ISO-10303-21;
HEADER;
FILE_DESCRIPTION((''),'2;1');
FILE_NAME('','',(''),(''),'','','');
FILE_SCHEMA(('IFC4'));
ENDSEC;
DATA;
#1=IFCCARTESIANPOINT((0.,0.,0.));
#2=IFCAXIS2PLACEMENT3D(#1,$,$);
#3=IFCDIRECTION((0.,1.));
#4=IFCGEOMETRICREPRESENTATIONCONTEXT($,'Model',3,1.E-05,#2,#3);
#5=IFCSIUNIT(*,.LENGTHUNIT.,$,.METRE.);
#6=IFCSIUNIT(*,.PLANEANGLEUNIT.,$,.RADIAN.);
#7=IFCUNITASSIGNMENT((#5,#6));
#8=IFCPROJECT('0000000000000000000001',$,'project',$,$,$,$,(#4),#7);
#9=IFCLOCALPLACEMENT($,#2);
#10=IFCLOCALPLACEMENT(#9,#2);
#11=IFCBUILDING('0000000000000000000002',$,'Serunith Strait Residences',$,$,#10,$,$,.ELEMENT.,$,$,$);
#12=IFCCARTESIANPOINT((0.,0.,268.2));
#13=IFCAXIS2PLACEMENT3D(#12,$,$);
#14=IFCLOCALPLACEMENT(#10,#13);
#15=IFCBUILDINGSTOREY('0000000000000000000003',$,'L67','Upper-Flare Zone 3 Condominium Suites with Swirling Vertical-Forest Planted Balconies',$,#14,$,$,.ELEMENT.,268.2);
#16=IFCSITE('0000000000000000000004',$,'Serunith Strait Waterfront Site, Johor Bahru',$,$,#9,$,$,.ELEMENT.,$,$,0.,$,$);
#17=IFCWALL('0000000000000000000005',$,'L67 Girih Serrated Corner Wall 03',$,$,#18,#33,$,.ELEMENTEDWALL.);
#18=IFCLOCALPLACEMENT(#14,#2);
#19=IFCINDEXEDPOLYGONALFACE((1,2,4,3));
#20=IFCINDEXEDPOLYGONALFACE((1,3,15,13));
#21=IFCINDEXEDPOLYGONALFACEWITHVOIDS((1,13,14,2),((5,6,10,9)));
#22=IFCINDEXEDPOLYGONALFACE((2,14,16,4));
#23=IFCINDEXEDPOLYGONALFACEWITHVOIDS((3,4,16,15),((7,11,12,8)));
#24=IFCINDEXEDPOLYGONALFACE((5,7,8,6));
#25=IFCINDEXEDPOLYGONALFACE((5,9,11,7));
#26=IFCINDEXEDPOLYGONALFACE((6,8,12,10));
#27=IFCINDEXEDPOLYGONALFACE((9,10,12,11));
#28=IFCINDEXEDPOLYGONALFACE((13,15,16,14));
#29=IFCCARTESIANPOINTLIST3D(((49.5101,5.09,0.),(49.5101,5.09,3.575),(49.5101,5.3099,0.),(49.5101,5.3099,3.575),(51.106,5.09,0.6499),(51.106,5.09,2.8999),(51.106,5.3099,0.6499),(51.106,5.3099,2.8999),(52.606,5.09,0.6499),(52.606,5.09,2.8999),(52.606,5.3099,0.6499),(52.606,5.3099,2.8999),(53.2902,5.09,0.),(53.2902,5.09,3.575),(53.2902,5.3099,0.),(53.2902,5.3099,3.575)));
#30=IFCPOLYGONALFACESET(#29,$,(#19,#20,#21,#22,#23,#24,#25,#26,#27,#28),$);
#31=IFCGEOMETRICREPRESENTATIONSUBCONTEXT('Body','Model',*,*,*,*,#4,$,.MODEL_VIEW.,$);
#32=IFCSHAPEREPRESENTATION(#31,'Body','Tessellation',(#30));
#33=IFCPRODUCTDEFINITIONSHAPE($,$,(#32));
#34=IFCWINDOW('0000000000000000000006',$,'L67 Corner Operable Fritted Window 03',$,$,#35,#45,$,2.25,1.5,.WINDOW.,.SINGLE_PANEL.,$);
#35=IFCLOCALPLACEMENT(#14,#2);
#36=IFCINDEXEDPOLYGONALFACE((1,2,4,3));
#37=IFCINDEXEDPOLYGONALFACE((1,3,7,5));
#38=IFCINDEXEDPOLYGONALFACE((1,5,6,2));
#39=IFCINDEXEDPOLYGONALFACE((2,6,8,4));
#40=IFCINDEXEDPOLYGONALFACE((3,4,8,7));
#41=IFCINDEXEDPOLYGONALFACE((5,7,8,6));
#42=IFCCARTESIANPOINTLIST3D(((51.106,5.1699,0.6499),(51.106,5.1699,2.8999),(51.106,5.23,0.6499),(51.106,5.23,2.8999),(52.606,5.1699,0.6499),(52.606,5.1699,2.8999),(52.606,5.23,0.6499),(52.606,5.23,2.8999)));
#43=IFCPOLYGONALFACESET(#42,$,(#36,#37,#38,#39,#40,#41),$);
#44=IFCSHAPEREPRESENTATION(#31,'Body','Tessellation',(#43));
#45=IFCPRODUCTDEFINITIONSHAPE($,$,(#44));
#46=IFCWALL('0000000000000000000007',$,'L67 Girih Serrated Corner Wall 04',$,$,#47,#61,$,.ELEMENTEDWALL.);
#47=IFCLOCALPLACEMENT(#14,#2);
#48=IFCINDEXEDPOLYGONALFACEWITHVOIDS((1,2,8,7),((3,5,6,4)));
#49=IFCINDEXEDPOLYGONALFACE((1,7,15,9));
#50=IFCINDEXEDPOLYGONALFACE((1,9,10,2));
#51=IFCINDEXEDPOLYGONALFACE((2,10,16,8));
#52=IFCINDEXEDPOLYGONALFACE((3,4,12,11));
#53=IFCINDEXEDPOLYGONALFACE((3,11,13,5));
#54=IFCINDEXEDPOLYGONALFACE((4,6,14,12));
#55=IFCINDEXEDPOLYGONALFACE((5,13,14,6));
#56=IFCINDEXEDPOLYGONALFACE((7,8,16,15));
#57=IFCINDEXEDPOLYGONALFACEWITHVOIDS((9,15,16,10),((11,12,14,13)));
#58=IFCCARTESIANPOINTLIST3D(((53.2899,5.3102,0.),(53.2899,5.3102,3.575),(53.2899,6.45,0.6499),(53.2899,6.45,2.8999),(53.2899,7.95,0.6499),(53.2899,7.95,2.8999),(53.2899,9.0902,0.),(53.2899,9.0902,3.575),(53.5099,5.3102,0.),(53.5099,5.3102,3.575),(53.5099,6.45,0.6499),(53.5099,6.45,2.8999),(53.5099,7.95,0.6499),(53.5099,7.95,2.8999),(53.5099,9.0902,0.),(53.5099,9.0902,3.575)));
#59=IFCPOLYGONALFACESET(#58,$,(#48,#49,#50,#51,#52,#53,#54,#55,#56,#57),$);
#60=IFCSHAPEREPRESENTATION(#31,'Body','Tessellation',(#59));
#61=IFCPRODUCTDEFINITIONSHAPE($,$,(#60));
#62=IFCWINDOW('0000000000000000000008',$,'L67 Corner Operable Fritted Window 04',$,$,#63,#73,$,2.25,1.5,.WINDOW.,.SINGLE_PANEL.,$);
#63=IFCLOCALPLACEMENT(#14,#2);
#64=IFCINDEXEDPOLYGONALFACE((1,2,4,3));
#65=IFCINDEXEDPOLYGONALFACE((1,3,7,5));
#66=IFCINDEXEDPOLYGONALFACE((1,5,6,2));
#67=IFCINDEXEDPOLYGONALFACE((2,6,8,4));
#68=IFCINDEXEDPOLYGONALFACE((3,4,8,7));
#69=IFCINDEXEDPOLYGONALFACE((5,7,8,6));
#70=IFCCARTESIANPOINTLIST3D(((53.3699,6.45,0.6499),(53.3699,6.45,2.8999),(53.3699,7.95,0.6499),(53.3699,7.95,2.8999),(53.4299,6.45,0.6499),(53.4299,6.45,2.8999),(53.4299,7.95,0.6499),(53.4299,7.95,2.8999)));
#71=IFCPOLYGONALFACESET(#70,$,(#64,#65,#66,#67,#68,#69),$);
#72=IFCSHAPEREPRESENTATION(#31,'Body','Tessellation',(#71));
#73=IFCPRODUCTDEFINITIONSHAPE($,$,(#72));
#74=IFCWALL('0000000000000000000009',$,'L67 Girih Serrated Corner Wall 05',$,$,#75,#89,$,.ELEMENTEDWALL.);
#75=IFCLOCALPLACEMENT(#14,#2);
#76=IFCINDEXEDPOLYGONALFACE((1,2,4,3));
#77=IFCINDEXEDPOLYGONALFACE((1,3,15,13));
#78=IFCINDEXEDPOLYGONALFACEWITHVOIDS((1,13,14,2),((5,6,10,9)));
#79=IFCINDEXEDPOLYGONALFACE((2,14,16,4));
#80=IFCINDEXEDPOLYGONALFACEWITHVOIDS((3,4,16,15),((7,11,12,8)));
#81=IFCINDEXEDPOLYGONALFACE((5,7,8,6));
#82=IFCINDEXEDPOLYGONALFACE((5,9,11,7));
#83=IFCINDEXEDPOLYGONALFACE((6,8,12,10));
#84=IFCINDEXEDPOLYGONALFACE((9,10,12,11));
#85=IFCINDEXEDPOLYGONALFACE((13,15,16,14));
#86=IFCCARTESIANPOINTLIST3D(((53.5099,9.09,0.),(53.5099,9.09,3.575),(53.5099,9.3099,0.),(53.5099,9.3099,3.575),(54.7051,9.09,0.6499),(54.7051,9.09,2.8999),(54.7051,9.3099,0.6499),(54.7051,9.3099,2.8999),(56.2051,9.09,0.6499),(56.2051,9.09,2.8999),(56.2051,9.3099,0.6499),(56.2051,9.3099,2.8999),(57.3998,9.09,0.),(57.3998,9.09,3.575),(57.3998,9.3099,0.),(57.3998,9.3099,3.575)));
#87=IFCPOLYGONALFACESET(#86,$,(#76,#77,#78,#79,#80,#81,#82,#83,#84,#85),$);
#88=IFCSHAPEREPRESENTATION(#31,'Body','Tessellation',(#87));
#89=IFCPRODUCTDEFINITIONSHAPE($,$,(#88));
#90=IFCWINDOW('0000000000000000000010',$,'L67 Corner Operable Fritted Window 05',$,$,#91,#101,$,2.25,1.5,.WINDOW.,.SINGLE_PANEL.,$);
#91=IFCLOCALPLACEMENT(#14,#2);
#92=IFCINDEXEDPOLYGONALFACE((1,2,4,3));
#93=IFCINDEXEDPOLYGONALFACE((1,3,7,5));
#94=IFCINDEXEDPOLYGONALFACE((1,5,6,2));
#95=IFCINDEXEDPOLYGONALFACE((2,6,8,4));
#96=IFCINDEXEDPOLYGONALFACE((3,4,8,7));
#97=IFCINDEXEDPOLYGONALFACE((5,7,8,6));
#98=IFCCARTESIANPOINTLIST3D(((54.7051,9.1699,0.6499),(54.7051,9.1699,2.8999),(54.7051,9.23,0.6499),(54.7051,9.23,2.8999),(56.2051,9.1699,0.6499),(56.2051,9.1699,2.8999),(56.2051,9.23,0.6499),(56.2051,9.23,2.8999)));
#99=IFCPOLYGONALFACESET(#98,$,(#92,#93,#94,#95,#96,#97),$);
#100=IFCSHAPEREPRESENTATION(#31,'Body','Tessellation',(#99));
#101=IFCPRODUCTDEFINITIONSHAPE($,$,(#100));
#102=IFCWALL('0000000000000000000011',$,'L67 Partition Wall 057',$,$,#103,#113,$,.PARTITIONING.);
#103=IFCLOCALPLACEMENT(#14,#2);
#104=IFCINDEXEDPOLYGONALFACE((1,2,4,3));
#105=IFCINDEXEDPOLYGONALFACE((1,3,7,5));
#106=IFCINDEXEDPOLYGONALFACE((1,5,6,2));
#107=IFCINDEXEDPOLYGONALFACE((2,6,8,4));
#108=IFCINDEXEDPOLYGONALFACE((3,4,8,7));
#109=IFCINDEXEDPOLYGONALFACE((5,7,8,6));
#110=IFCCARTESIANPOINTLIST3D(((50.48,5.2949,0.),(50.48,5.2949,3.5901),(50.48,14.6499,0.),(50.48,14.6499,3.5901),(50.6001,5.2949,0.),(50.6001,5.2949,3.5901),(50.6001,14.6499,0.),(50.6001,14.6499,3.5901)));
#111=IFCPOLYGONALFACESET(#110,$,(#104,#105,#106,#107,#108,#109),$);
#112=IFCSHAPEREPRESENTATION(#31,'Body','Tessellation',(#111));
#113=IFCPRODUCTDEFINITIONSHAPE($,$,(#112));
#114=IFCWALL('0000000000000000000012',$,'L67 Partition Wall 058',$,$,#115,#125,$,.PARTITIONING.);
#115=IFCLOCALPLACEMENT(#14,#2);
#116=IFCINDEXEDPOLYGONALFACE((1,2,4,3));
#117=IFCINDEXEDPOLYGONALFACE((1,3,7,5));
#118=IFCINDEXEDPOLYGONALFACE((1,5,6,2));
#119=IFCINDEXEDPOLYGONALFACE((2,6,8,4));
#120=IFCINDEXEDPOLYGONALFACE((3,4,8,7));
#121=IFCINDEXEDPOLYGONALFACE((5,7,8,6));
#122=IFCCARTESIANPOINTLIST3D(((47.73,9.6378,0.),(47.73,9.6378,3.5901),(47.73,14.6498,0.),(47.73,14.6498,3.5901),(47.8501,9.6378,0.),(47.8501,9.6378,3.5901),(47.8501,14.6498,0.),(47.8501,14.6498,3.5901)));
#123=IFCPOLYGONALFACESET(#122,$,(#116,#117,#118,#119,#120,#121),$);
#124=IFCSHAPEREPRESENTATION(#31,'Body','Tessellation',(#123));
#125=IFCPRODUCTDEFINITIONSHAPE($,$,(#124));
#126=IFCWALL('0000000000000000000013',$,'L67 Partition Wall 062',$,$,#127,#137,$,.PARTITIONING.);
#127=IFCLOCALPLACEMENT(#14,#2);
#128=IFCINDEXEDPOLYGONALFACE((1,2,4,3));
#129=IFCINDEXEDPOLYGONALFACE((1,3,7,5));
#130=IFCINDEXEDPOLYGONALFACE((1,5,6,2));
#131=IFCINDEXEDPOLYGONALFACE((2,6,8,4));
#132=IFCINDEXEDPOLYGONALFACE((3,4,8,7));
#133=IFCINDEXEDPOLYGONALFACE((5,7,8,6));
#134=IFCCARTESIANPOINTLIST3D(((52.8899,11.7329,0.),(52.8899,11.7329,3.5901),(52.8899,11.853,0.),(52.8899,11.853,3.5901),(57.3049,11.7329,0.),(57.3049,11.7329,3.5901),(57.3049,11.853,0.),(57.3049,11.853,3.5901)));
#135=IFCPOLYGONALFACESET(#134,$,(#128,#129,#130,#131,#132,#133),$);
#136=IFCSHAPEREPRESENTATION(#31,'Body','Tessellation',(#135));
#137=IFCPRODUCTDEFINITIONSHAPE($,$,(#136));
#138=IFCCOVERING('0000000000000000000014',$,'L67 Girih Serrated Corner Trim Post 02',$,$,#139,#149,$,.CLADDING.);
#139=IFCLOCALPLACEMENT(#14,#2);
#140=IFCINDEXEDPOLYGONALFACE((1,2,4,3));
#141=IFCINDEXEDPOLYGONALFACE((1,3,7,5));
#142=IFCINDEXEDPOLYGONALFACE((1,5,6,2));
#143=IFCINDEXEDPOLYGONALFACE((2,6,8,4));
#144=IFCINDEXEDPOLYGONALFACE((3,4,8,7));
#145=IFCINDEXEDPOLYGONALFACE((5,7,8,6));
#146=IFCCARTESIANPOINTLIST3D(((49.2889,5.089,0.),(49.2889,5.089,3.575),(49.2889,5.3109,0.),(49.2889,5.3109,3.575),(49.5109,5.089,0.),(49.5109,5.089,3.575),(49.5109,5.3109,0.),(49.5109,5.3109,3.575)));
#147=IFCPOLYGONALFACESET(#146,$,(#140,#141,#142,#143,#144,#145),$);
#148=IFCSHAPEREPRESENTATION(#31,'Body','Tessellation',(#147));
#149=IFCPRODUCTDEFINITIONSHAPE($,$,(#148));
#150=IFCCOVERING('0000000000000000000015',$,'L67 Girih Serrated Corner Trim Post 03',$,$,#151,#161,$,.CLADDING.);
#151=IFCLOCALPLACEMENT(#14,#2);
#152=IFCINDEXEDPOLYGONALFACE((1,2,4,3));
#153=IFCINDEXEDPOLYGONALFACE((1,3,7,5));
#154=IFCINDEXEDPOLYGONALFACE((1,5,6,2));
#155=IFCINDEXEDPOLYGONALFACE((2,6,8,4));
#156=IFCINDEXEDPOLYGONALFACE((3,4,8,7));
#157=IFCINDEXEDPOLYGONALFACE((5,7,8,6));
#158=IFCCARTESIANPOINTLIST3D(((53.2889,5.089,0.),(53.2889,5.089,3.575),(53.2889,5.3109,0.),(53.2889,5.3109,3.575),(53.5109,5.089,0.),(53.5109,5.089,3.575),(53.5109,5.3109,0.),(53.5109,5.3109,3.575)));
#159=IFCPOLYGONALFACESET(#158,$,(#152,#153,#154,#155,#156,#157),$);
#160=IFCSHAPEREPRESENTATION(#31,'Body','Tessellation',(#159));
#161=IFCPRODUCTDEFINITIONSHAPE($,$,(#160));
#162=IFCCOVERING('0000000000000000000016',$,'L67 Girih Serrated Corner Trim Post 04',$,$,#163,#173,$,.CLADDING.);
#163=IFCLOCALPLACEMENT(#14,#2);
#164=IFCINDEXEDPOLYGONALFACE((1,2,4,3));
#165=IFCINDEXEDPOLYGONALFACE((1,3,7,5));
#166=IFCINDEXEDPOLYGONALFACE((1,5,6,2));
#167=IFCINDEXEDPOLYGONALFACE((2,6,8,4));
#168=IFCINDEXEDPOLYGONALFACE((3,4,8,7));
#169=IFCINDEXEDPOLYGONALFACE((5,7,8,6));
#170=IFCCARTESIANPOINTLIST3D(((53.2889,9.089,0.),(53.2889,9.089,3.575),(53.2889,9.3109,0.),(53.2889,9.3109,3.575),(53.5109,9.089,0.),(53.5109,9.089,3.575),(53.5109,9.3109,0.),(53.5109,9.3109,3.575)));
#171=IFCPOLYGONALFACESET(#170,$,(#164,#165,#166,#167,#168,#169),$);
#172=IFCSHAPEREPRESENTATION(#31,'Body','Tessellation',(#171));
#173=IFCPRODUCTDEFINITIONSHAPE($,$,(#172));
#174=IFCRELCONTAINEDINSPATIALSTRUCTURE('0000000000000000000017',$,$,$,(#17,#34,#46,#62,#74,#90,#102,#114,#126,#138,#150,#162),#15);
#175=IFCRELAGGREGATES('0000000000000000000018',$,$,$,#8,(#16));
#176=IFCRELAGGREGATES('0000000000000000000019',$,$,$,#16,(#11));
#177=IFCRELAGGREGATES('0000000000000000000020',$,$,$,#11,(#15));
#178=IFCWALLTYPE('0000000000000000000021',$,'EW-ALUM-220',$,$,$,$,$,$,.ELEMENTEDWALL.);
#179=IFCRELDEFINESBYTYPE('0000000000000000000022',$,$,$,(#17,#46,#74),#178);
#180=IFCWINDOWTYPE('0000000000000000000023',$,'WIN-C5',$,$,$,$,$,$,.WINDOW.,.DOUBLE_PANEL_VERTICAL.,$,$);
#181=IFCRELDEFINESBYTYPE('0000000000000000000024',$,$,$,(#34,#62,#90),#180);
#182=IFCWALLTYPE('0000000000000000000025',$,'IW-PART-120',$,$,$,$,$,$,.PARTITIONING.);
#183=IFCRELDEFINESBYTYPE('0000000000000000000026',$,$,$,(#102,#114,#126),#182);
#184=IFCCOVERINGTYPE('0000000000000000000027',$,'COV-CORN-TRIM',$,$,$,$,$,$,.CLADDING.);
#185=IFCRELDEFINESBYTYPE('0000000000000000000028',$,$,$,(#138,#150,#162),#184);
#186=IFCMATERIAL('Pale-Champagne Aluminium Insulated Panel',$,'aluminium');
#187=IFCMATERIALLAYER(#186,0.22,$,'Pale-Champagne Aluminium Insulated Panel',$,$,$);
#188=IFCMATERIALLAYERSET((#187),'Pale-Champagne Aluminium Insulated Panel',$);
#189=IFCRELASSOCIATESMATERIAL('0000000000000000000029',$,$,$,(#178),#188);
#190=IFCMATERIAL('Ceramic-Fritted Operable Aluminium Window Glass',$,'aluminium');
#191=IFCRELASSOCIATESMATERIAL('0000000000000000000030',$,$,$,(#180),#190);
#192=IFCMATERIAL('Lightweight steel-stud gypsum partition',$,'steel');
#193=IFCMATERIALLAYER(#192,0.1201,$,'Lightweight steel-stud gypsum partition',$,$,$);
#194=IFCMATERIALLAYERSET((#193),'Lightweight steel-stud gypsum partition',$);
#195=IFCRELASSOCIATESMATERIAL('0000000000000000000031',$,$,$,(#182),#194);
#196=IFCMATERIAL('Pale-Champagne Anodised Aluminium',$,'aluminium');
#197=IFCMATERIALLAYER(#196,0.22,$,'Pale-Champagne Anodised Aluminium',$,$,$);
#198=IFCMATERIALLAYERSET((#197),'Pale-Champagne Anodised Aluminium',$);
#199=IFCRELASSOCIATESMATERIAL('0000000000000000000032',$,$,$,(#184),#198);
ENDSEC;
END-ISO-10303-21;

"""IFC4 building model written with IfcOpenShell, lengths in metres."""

from ifc_helpers import new_model, si_unit, direction, frame, frame_2d, origin, origin_2d, place, context, subcontext, project, spatial, rectangle, extrude, source, transform, mapped, material, layer, layer_set, type_object, element, fill, save


model = new_model("IFC4")

# Units and contexts
model_context = context("Model", 3, precision=1e-05, world=origin(), true_north=direction((0.0, 1.0)))
body_context = subcontext(model_context, "Body", "Model", "MODEL_VIEW")
ifc_project = project(units=[si_unit("LENGTHUNIT", "METRE"), si_unit("PLANEANGLEUNIT", "RADIAN")], contexts=[model_context])

# Site, building, storey
site_placement = place(None, origin())
site = spatial("IfcSite", under=ifc_project, at=site_placement, Name="Serunith Strait Waterfront Site, Johor Bahru", CompositionType="ELEMENT", RefElevation=0.0)
building_placement = place(site_placement, origin())
building = spatial("IfcBuilding", under=site, at=building_placement, Name="Serunith Strait Residences", CompositionType="ELEMENT")
storey_placement = place(building_placement, frame((0.0, 0.0, 268.2)))
storey = spatial("IfcBuildingStorey", under=building, at=storey_placement, Name="L67", Description="Upper-Flare Zone 3 Condominium Suites with Swirling Vertical-Forest Planted Balconies", CompositionType="ELEMENT", Elevation=268.2)

# Shared definitions
ifc_material_1 = material(Name="Pale-Champagne Anodised Aluminium", Category="aluminium")

# Walls, openings, windows
ifc_material_2 = material(Name="Pale-Champagne Aluminium Insulated Panel", Category="aluminium")
ifc_layer_1 = layer(ifc_material_2, 0.22, Name="Pale-Champagne Aluminium Insulated Panel")
ifc_layer_set_1 = layer_set([ifc_layer_1], Name="Pale-Champagne Aluminium Insulated Panel")
wall_type_1 = type_object("IfcWallType", Name="EW-ALUM-220", PredefinedType="ELEMENTEDWALL", material=ifc_layer_set_1)
ifc_material_3 = material(Name="Ceramic-Fritted Operable Aluminium Window Glass", Category="aluminium")
window_type = type_object("IfcWindowType", Name="WIN-C5", PartitioningType="DOUBLE_PANEL_VERTICAL", PredefinedType="WINDOW", material=ifc_material_3)
shared_shape_1 = source(origin(), body_context, "Body", "SweptSolid", [
    extrude(rectangle(XDim=1.5, YDim=2.25, at=frame_2d((0.75, 1.125))), frame((0.0, 0.03, 0.0), z_axis=(0.0, -1.0, 0.0), x_axis=(1.0, 0.0, 0.0)), (0.0, 0.0, 1.0), 0.0601),
])
wall_1_placement = place(storey_placement, frame((49.51, 5.2, 0.0), z_axis=(0.0, 0.0, 1.0), x_axis=(1.0, 0.0, 0.0)))
wall_1 = element("IfcWall", 1, at=wall_1_placement, inside=storey, type_object=wall_type_1, Name="L67 Girih Serrated Corner Wall 03", PredefinedType="ELEMENTEDWALL", context=body_context, shape_type="SweptSolid", body=[
    extrude(rectangle(XDim=3.78, YDim=0.22, at=frame_2d((1.8901, 0.0))), origin(), (0.0, 0.0, 1.0), 3.575),
])
opening_1_placement = place(wall_1_placement, frame((1.5959, 0.0, 0.6499)))
opening_1 = element("IfcOpeningElement", 2, at=opening_1_placement, cuts=wall_1, PredefinedType="OPENING", context=body_context, shape_type="SweptSolid", body=[
    extrude(rectangle(XDim=1.5, YDim=2.25, at=frame_2d((0.75, 1.125))), frame((0.0, 0.1201, 0.0), z_axis=(0.0, -1.0, 0.0), x_axis=(1.0, 0.0, 0.0)), (0.0, 0.0, 1.0), 0.24),
])
window_1_placement = place(opening_1_placement, origin())
window_1 = element("IfcWindow", 3, at=window_1_placement, inside=storey, type_object=window_type, Name="L67 Corner Operable Fritted Window 03", OverallHeight=2.25, OverallWidth=1.5, PartitioningType="SINGLE_PANEL", PredefinedType="WINDOW", context=body_context, shape_type="MappedRepresentation", body=[
    mapped(shared_shape_1, transform((0.0, 0.0, 0.0), scale=1.0)),
])
fill(opening_1, window_1)
wall_2_placement = place(storey_placement, frame((53.3999, 5.3101, 0.0), z_axis=(0.0, 0.0, 1.0), x_axis=(0.0, 1.0, 0.0)))
wall_2 = element("IfcWall", 4, at=wall_2_placement, inside=storey, type_object=wall_type_1, Name="L67 Girih Serrated Corner Wall 04", PredefinedType="ELEMENTEDWALL", context=body_context, shape_type="SweptSolid", body=[
    extrude(rectangle(XDim=3.78, YDim=0.22, at=frame_2d((1.8901, 0.0))), origin(), (0.0, 0.0, 1.0), 3.575),
])
opening_2_placement = place(wall_2_placement, frame((1.1399, 0.0, 0.6499)))
opening_2 = element("IfcOpeningElement", 5, at=opening_2_placement, cuts=wall_2, PredefinedType="OPENING", context=body_context, shape_type="SweptSolid", body=[
    extrude(rectangle(XDim=1.5, YDim=2.25, at=frame_2d((0.75, 1.125))), frame((0.0, 0.1201, 0.0), z_axis=(0.0, -1.0, 0.0), x_axis=(1.0, 0.0, 0.0)), (0.0, 0.0, 1.0), 0.24),
])
window_2_placement = place(opening_2_placement, origin())
window_2 = element("IfcWindow", 6, at=window_2_placement, inside=storey, type_object=window_type, Name="L67 Corner Operable Fritted Window 04", OverallHeight=2.25, OverallWidth=1.5, PartitioningType="SINGLE_PANEL", PredefinedType="WINDOW", context=body_context, shape_type="MappedRepresentation", body=[
    mapped(shared_shape_1, transform((0.0, 0.0, 0.0), scale=1.0)),
])
fill(opening_2, window_2)
wall_3_placement = place(storey_placement, frame((53.51, 9.2, 0.0), z_axis=(0.0, 0.0, 1.0), x_axis=(1.0, 0.0, 0.0)))
wall_3 = element("IfcWall", 7, at=wall_3_placement, inside=storey, type_object=wall_type_1, Name="L67 Girih Serrated Corner Wall 05", PredefinedType="ELEMENTEDWALL", context=body_context, shape_type="SweptSolid", body=[
    extrude(rectangle(XDim=3.8899, YDim=0.22, at=frame_2d((1.9448, 0.0))), origin(), (0.0, 0.0, 1.0), 3.575),
])
opening_3_placement = place(wall_3_placement, frame((1.1951, 0.0, 0.6499)))
opening_3 = element("IfcOpeningElement", 8, at=opening_3_placement, cuts=wall_3, PredefinedType="OPENING", context=body_context, shape_type="SweptSolid", body=[
    extrude(rectangle(XDim=1.5, YDim=2.25, at=frame_2d((0.75, 1.125))), frame((0.0, 0.1201, 0.0), z_axis=(0.0, -1.0, 0.0), x_axis=(1.0, 0.0, 0.0)), (0.0, 0.0, 1.0), 0.24),
])
window_3_placement = place(opening_3_placement, origin())
window_3 = element("IfcWindow", 9, at=window_3_placement, inside=storey, type_object=window_type, Name="L67 Corner Operable Fritted Window 05", OverallHeight=2.25, OverallWidth=1.5, PartitioningType="SINGLE_PANEL", PredefinedType="WINDOW", context=body_context, shape_type="MappedRepresentation", body=[
    mapped(shared_shape_1, transform((0.0, 0.0, 0.0), scale=1.0)),
])
fill(opening_3, window_3)

# Walls
ifc_material_4 = material(Name="Lightweight steel-stud gypsum partition", Category="steel")
ifc_layer_2 = layer(ifc_material_4, 0.1201, Name="Lightweight steel-stud gypsum partition")
ifc_layer_set_2 = layer_set([ifc_layer_2], Name="Lightweight steel-stud gypsum partition")
wall_type_2 = type_object("IfcWallType", Name="IW-PART-120", PredefinedType="PARTITIONING", material=ifc_layer_set_2)
wall_4_placement = place(storey_placement, frame((50.54, 5.2949, 0.0), z_axis=(0.0, 0.0, 1.0), x_axis=(0.0, 1.0, 0.0)))
element("IfcWall", 10, at=wall_4_placement, inside=storey, type_object=wall_type_2, Name="L67 Partition Wall 057", PredefinedType="PARTITIONING", context=body_context, shape_type="SweptSolid", body=[
    extrude(rectangle(XDim=9.355, YDim=0.1201, at=frame_2d((4.6775, 0.0))), origin(), (0.0, 0.0, 1.0), 3.5901),
])
wall_5_placement = place(storey_placement, frame((47.79, 9.6379, 0.0), z_axis=(0.0, 0.0, 1.0), x_axis=(0.0, 1.0, 0.0)))
element("IfcWall", 11, at=wall_5_placement, inside=storey, type_object=wall_type_2, Name="L67 Partition Wall 058", PredefinedType="PARTITIONING", context=body_context, shape_type="SweptSolid", body=[
    extrude(rectangle(XDim=5.012, YDim=0.1201, at=frame_2d((2.5059, 0.0))), origin(), (0.0, 0.0, 1.0), 3.5901),
])
wall_6_placement = place(storey_placement, frame((52.8899, 11.793, 0.0), z_axis=(0.0, 0.0, 1.0), x_axis=(1.0, 0.0, 0.0)))
element("IfcWall", 12, at=wall_6_placement, inside=storey, type_object=wall_type_2, Name="L67 Partition Wall 062", PredefinedType="PARTITIONING", context=body_context, shape_type="SweptSolid", body=[
    extrude(rectangle(XDim=4.415, YDim=0.1201, at=frame_2d((2.2075, 0.0))), origin(), (0.0, 0.0, 1.0), 3.5901),
])

# Coverings
ifc_layer_3 = layer(ifc_material_1, 0.22, Name="Pale-Champagne Anodised Aluminium")
ifc_layer_set_3 = layer_set([ifc_layer_3], Name="Pale-Champagne Anodised Aluminium")
covering_type = type_object("IfcCoveringType", Name="COV-CORN-TRIM", PredefinedType="CLADDING", material=ifc_layer_set_3)
shared_shape_2 = source(origin(), body_context, "Body", "SweptSolid", [
    extrude(rectangle(XDim=0.2219, YDim=0.2219, at=origin_2d()), origin(), (0.0, 0.0, 1.0), 3.575),
])
for number, where, z_axis, x_axis, name in (
    (13, (49.3999, 5.2, 0.0), (0.0, 0.0, 1.0), (1.0, 0.0, 0.0), "L67 Girih Serrated Corner Trim Post 02"),
    (14, (53.3999, 5.2, 0.0), (0.0, 0.0, 1.0), (1.0, 0.0, 0.0), "L67 Girih Serrated Corner Trim Post 03"),
    (15, (53.3999, 9.2, 0.0), (0.0, 0.0, 1.0), (1.0, 0.0, 0.0), "L67 Girih Serrated Corner Trim Post 04"),
):
    element("IfcCovering", number, at=place(storey_placement, frame(where, z_axis=z_axis, x_axis=x_axis)), inside=storey, type_object=covering_type, Name=name, PredefinedType="CLADDING", context=body_context, shape_type="MappedRepresentation", body=[
        mapped(shared_shape_2, transform((0.0, 0.0, 0.0), scale=1.0)),
    ])

save(model, "model.ifc")
